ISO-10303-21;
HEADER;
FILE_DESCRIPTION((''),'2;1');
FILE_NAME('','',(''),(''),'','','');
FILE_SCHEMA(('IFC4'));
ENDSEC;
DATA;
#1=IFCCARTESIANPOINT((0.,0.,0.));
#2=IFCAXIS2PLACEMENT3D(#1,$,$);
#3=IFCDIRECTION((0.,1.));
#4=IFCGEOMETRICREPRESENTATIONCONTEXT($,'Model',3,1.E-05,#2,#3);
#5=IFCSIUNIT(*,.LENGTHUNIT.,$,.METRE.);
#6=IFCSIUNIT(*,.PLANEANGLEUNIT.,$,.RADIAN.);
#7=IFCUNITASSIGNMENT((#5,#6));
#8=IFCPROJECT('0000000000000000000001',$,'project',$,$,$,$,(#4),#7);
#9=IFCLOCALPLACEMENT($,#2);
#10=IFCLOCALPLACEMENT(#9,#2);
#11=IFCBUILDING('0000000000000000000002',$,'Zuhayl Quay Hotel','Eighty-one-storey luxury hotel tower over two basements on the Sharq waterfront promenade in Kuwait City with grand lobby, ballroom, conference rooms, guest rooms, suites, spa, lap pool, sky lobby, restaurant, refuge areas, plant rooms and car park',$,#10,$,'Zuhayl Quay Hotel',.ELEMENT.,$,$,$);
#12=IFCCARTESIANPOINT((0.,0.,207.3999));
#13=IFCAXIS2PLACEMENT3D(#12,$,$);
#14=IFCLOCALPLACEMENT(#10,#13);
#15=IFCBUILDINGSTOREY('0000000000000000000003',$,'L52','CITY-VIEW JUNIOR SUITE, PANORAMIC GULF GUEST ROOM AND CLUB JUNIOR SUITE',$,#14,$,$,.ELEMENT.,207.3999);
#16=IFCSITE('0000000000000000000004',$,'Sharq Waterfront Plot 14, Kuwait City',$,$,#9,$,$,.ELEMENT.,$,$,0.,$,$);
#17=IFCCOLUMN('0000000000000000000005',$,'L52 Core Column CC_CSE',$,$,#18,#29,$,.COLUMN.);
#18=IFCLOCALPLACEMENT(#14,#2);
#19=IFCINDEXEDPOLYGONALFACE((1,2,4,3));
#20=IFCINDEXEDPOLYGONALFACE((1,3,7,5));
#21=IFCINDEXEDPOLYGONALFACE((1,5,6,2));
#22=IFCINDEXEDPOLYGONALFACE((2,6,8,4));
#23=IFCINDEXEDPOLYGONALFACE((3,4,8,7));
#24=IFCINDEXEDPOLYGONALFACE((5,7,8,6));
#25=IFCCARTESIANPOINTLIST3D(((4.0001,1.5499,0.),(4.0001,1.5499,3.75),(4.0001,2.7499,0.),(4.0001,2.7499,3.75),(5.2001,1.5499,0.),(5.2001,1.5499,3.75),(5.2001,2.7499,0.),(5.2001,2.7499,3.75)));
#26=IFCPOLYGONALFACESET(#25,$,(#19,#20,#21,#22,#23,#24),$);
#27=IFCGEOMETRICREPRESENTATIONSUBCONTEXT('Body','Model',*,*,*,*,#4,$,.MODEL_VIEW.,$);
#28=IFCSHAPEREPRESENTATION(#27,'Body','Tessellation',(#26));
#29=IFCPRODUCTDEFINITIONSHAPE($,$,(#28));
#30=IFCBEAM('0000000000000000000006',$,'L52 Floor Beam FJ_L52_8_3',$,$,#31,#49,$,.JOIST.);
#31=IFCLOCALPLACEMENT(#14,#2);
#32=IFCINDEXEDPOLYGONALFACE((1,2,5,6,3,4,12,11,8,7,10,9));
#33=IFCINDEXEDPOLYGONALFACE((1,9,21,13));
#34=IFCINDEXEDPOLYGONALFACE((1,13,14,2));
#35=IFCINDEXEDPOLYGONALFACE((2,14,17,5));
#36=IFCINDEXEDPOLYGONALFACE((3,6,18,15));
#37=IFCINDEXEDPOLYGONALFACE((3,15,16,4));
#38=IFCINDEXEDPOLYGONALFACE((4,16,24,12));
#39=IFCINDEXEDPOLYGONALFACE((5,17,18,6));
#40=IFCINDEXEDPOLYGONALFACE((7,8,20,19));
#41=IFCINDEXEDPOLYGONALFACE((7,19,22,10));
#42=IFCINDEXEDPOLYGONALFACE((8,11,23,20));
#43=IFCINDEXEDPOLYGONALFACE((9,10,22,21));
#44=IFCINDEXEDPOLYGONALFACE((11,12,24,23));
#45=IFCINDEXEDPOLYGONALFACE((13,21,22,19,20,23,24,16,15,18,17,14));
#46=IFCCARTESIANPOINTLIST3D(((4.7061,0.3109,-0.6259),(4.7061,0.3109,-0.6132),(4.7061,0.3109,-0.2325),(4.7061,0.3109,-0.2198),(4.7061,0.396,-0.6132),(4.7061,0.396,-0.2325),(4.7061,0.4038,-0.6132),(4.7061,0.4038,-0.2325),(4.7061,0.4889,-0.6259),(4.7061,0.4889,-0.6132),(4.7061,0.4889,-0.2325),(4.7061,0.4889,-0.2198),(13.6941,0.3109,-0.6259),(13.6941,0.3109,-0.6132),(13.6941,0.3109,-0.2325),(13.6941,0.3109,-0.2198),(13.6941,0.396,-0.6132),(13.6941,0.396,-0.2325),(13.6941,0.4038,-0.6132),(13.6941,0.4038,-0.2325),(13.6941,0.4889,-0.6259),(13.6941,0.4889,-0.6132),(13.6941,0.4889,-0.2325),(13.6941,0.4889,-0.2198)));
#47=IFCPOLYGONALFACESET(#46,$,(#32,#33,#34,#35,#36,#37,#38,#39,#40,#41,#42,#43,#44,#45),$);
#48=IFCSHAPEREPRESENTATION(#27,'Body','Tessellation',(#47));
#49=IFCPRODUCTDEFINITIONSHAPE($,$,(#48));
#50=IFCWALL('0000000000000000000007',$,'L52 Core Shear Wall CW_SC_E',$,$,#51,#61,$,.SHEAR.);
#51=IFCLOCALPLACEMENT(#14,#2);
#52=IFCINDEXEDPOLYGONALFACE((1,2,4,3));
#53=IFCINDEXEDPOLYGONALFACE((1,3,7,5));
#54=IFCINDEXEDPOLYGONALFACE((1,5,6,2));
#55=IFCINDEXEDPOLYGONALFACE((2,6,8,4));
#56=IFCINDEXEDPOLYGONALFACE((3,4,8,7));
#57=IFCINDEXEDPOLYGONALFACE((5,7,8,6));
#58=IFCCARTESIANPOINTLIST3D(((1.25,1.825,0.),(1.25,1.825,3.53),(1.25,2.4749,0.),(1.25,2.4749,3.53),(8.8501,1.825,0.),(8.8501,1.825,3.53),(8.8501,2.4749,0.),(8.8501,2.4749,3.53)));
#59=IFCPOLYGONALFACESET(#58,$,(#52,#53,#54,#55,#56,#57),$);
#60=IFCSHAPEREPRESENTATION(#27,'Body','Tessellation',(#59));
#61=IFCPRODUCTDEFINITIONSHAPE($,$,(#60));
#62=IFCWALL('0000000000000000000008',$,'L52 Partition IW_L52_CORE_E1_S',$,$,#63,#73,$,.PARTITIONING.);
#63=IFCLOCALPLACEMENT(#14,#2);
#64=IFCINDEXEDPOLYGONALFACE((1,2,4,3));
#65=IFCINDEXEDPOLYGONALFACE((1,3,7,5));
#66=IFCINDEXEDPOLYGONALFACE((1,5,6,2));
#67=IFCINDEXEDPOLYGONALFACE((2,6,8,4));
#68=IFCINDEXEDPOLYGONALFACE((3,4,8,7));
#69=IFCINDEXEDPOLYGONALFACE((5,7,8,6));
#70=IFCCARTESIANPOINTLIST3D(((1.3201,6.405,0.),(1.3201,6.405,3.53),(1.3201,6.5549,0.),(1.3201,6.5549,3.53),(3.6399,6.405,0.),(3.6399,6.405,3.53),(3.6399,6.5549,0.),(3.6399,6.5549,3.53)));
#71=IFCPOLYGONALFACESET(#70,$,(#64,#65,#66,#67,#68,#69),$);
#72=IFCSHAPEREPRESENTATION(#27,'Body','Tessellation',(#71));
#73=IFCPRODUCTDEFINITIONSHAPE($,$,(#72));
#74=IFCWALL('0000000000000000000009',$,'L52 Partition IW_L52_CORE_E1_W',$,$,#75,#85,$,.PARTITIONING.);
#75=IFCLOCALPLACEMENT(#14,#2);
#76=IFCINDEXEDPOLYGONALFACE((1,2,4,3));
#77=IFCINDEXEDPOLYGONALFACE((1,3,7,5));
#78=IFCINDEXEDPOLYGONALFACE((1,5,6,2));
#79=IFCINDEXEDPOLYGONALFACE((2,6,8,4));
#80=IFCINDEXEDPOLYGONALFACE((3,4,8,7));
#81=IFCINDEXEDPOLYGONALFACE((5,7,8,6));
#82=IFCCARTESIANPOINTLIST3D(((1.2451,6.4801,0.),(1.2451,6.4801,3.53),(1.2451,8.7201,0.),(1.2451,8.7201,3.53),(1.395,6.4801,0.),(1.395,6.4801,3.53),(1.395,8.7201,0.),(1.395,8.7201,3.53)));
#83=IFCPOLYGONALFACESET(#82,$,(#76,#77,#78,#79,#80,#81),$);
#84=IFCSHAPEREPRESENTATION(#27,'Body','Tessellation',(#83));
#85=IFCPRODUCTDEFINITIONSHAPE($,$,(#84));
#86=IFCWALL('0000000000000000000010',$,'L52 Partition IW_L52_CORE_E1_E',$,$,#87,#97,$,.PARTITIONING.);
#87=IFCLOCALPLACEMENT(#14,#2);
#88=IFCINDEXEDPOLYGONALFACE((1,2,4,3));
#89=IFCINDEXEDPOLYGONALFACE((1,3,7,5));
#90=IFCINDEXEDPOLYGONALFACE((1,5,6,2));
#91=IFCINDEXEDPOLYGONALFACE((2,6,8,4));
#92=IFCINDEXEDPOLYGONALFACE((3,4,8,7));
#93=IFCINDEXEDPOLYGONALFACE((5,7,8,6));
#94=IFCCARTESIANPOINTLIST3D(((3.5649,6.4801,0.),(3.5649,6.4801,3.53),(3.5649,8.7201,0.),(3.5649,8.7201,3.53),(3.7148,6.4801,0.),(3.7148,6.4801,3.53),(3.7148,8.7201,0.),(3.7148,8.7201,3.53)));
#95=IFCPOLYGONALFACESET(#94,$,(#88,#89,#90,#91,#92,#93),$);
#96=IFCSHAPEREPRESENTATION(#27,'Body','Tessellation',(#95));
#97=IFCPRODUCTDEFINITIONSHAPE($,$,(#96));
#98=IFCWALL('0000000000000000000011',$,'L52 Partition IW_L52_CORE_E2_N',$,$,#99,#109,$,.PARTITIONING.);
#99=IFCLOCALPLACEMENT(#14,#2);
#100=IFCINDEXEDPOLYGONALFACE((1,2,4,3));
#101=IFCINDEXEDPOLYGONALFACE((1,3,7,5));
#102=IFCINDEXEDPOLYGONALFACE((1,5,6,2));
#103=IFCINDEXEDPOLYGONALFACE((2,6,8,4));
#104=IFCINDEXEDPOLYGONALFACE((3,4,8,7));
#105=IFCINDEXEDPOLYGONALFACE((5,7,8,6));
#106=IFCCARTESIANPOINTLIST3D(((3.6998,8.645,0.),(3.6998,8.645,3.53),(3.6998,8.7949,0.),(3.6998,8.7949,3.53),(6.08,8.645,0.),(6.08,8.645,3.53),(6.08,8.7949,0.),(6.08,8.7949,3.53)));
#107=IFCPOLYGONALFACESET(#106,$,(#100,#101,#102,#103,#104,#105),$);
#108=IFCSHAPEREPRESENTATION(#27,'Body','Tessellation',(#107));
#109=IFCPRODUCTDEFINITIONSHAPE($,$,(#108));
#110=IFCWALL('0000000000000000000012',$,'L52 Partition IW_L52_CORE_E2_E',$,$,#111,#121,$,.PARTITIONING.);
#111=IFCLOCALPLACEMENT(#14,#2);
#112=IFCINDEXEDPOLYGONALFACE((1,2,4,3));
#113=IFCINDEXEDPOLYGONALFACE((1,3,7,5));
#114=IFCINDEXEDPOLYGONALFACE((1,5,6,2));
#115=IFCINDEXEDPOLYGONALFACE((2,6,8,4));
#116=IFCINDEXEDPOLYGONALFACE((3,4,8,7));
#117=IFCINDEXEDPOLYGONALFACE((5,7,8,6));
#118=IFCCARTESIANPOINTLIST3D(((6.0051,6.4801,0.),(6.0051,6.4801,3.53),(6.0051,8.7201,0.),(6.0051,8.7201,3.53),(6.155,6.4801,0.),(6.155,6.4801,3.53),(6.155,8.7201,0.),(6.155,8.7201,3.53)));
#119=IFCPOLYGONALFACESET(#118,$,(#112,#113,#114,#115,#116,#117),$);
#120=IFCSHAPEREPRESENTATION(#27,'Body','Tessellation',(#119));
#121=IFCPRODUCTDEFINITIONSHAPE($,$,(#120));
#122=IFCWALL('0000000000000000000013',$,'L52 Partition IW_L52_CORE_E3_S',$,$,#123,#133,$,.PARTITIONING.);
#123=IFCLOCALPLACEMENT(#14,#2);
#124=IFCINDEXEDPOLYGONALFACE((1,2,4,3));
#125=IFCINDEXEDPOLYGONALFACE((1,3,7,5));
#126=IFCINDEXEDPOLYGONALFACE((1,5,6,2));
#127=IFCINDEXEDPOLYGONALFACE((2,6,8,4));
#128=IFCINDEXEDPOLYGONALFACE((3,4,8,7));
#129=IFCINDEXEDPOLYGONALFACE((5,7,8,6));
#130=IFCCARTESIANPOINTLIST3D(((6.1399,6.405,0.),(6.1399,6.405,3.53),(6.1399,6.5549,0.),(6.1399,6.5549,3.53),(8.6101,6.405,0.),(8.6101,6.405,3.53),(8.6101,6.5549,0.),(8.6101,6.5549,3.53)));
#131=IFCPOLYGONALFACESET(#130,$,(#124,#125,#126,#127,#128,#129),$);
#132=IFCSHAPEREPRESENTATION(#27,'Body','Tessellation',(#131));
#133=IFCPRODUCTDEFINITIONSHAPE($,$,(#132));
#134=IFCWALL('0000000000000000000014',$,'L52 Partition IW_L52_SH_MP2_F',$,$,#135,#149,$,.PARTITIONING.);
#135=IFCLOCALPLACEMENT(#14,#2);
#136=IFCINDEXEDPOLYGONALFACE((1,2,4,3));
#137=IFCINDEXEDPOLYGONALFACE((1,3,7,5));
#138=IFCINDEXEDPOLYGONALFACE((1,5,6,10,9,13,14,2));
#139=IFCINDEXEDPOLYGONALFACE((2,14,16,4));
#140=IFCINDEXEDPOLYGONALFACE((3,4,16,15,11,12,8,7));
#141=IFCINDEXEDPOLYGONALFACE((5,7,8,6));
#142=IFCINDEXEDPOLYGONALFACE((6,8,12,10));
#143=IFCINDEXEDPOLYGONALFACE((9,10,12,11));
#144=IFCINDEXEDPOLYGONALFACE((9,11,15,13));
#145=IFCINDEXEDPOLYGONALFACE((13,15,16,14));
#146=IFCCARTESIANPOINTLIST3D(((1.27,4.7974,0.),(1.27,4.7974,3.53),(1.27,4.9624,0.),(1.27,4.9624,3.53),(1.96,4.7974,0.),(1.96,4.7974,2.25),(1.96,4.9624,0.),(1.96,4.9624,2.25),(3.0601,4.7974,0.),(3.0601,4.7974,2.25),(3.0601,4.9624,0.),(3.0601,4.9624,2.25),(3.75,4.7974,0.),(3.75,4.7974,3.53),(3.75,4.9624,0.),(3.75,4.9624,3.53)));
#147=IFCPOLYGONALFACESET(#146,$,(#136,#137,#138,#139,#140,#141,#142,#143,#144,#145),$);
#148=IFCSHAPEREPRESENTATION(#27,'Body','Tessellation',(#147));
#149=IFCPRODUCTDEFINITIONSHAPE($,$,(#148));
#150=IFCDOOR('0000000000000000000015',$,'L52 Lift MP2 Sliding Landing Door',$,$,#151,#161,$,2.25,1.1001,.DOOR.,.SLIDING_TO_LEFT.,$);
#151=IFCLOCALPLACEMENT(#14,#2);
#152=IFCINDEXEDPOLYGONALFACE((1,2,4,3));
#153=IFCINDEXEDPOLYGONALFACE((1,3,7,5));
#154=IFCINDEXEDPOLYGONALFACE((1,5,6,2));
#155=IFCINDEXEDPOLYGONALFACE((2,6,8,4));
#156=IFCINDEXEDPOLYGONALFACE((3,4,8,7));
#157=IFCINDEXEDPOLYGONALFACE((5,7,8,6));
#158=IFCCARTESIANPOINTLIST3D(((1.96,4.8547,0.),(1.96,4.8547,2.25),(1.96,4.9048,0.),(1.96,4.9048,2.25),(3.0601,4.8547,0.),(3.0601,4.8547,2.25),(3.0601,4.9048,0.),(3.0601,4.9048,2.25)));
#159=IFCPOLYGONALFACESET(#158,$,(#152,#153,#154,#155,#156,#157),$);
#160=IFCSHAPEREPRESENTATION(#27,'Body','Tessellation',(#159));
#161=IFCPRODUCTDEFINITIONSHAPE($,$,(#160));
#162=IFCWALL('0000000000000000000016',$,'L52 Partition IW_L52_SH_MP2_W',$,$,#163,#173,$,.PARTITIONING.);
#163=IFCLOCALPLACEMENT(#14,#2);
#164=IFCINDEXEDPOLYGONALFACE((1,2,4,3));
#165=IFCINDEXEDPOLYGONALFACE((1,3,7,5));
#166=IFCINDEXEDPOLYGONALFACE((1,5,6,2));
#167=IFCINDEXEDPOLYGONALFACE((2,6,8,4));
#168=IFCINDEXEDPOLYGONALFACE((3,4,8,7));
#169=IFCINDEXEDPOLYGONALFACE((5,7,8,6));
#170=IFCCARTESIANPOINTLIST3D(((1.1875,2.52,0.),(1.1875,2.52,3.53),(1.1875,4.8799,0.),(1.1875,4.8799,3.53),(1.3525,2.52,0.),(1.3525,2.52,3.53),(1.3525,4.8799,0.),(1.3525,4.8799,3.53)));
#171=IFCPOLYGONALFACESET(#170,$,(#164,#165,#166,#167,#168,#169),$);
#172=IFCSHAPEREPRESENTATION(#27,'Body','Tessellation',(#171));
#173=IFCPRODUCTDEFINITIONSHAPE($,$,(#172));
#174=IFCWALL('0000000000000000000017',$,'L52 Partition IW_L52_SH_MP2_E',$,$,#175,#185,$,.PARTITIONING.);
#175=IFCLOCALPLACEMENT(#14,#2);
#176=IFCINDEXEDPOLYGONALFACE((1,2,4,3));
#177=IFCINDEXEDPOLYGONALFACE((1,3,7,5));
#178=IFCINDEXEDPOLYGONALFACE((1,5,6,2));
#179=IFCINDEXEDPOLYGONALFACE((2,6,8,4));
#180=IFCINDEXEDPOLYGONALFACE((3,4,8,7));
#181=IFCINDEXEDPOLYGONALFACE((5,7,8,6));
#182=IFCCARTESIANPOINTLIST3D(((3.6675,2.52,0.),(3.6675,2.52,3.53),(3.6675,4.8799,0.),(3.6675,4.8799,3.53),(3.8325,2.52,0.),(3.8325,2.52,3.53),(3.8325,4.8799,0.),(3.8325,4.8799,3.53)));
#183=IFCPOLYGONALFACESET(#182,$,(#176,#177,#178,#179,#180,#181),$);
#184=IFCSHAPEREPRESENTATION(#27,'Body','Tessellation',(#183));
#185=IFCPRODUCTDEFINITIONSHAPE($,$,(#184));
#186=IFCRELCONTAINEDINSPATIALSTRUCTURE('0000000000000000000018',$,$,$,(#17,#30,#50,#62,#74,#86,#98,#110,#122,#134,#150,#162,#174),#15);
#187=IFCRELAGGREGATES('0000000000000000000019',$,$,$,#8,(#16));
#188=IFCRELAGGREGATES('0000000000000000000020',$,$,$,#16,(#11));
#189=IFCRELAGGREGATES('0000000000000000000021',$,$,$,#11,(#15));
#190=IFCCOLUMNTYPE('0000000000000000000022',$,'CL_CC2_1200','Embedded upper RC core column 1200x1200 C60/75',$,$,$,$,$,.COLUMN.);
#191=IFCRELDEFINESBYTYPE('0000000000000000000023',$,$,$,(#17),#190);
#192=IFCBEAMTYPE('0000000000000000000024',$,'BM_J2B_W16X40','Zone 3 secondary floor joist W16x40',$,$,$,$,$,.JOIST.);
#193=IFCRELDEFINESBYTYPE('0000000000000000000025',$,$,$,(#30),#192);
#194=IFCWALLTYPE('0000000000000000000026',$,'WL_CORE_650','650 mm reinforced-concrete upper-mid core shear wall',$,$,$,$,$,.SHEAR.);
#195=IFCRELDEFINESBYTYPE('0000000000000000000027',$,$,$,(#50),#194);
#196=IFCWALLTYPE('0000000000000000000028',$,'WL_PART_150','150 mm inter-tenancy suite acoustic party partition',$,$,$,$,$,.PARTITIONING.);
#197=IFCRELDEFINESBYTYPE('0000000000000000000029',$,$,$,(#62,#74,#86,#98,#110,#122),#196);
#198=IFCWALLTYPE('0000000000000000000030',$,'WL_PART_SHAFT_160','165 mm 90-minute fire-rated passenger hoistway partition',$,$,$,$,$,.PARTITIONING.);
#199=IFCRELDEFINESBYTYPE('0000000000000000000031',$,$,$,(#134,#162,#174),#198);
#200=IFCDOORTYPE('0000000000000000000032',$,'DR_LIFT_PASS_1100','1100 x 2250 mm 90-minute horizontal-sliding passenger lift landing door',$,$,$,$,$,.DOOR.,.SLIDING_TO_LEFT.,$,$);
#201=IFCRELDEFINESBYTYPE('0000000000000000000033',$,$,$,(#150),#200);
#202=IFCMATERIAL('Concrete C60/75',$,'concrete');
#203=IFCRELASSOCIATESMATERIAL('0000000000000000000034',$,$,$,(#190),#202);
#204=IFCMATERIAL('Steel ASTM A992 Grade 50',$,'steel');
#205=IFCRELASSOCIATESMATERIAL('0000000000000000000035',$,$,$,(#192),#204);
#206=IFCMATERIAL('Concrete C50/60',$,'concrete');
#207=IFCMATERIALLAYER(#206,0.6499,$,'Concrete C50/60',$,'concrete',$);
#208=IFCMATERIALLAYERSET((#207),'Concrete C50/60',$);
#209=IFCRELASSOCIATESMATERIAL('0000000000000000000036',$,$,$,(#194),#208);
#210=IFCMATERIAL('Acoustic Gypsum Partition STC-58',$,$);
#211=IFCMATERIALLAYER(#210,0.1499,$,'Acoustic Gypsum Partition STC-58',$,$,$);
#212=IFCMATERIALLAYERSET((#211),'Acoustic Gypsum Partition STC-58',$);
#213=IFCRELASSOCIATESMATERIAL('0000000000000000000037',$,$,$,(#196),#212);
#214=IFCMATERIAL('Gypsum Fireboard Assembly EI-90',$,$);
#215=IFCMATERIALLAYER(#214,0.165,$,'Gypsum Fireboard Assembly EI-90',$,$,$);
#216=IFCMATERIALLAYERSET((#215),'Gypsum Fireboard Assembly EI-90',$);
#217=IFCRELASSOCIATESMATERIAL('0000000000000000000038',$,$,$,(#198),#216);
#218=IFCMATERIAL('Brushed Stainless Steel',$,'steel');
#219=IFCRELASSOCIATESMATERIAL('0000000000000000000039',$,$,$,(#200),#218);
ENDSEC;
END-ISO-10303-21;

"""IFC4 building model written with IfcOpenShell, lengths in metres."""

from ifc_helpers import new_model, si_unit, direction, frame, frame_2d, origin, origin_2d, place, context, subcontext, project, spatial, rectangle, i_section, extrude, material, layer, layer_set, material_profile, profile_set, type_object, element, fill, save


model = new_model("IFC4")

# Units and contexts
model_context = context("Model", 3, precision=1e-05, world=origin(), true_north=direction((0.0, 1.0)))
body_context = subcontext(model_context, "Body", "Model", "MODEL_VIEW")
ifc_project = project(units=[si_unit("LENGTHUNIT", "METRE"), si_unit("PLANEANGLEUNIT", "RADIAN")], contexts=[model_context])

# Site, building, storey
site_placement = place(None, origin())
site = spatial("IfcSite", under=ifc_project, at=site_placement, Name="Sharq Waterfront Plot 14, Kuwait City", CompositionType="ELEMENT", RefElevation=0.0)
building_placement = place(site_placement, origin())
building = spatial("IfcBuilding", under=site, at=building_placement, Name="Zuhayl Quay Hotel", Description="Eighty-one-storey luxury hotel tower over two basements on the Sharq waterfront promenade in Kuwait City with grand lobby, ballroom, conference rooms, guest rooms, suites, spa, lap pool, sky lobby, restaurant, refuge areas, plant rooms and car park", LongName="Zuhayl Quay Hotel", CompositionType="ELEMENT")
storey_placement = place(building_placement, frame((0.0, 0.0, 207.3999)))
storey = spatial("IfcBuildingStorey", under=building, at=storey_placement, Name="L52", Description="CITY-VIEW JUNIOR SUITE, PANORAMIC GULF GUEST ROOM AND CLUB JUNIOR SUITE", CompositionType="ELEMENT", Elevation=207.3999)

# Column
ifc_material_1 = material(Name="Concrete C60/75", Category="concrete")
ifc_material_profile_1 = material_profile(ifc_material_1, rectangle(XDim=1.2, YDim=1.2, at=origin_2d()), Name="RC1200X1200")
ifc_profile_set_1 = profile_set([ifc_material_profile_1], Name="Concrete C60/75")
column_type = type_object("IfcColumnType", Name="CL_CC2_1200", Description="Embedded upper RC core column 1200x1200 C60/75", PredefinedType="COLUMN", material=ifc_profile_set_1)
column_placement = place(storey_placement, frame((4.6001, 2.1499, 0.0), z_axis=(0.0, 0.0, 1.0), x_axis=(1.0, 0.0, 0.0)))
element("IfcColumn", 1, at=column_placement, inside=storey, type_object=column_type, Name="L52 Core Column CC_CSE", PredefinedType="COLUMN", context=body_context, shape_type="SweptSolid", body=[
    extrude(rectangle(XDim=1.2, YDim=1.2, at=origin_2d()), origin(), (0.0, 0.0, 1.0), 3.75),
])

# Beam
ifc_material_2 = material(Name="Steel ASTM A992 Grade 50", Category="steel")
ifc_material_profile_2 = material_profile(ifc_material_2, i_section(OverallWidth=0.178, OverallDepth=0.406, WebThickness=0.0078, FlangeThickness=0.0127, at=origin_2d()), Name="W16X40")
ifc_profile_set_2 = profile_set([ifc_material_profile_2], Name="Steel ASTM A992 Grade 50")
beam_type = type_object("IfcBeamType", Name="BM_J2B_W16X40", Description="Zone 3 secondary floor joist W16x40", PredefinedType="JOIST", material=ifc_profile_set_2)
beam_placement = place(storey_placement, frame((4.7061, 0.3999, -0.4229), z_axis=(1.0, 0.0, 0.0), x_axis=(0.0, 1.0, 0.0)))
element("IfcBeam", 2, at=beam_placement, inside=storey, type_object=beam_type, Name="L52 Floor Beam FJ_L52_8_3", PredefinedType="JOIST", context=body_context, shape_type="SweptSolid", body=[
    extrude(i_section(OverallWidth=0.178, OverallDepth=0.406, WebThickness=0.0078, FlangeThickness=0.0127, at=origin_2d()), origin(), (0.0, 0.0, 1.0), 8.988),
])

# Wall
ifc_material_3 = material(Name="Concrete C50/60", Category="concrete")
ifc_layer_1 = layer(ifc_material_3, 0.6499, Name="Concrete C50/60", Category="concrete")
ifc_layer_set_1 = layer_set([ifc_layer_1], Name="Concrete C50/60")
wall_type_1 = type_object("IfcWallType", Name="WL_CORE_650", Description="650 mm reinforced-concrete upper-mid core shear wall", PredefinedType="SHEAR", material=ifc_layer_set_1)
wall_1_placement = place(storey_placement, frame((1.25, 2.1499, 0.0), z_axis=(0.0, 0.0, 1.0), x_axis=(1.0, 0.0, 0.0)))
element("IfcWall", 3, at=wall_1_placement, inside=storey, type_object=wall_type_1, Name="L52 Core Shear Wall CW_SC_E", PredefinedType="SHEAR", context=body_context, shape_type="SweptSolid", body=[
    extrude(rectangle(XDim=7.6001, YDim=0.6499, at=frame_2d((3.8, 0.0))), origin(), (0.0, 0.0, 1.0), 3.53),
])

# Shared definitions
ifc_material_4 = material(Name="Acoustic Gypsum Partition STC-58")
ifc_layer_2 = layer(ifc_material_4, 0.1499, Name="Acoustic Gypsum Partition STC-58")
ifc_layer_set_2 = layer_set([ifc_layer_2], Name="Acoustic Gypsum Partition STC-58")
wall_type_2 = type_object("IfcWallType", Name="WL_PART_150", Description="150 mm inter-tenancy suite acoustic party partition", PredefinedType="PARTITIONING", material=ifc_layer_set_2)

# Walls
wall_2_placement = place(storey_placement, frame((1.3201, 6.48, 0.0), z_axis=(0.0, 0.0, 1.0), x_axis=(1.0, 0.0, 0.0)))
element("IfcWall", 4, at=wall_2_placement, inside=storey, type_object=wall_type_2, Name="L52 Partition IW_L52_CORE_E1_S", PredefinedType="PARTITIONING", context=body_context, shape_type="SweptSolid", body=[
    extrude(rectangle(XDim=2.3198, YDim=0.1499, at=frame_2d((1.1599, 0.0))), origin(), (0.0, 0.0, 1.0), 3.53),
])
for number, where, z_axis, x_axis, name in (
    (5, (1.3201, 6.48, 0.0), (0.0, 0.0, 1.0), (0.0, 1.0, 0.0), "L52 Partition IW_L52_CORE_E1_W"),
    (6, (3.6399, 6.48, 0.0), (0.0, 0.0, 1.0), (0.0, 1.0, 0.0), "L52 Partition IW_L52_CORE_E1_E"),
):
    element("IfcWall", number, at=place(storey_placement, frame(where, z_axis=z_axis, x_axis=x_axis)), inside=storey, type_object=wall_type_2, Name=name, PredefinedType="PARTITIONING", context=body_context, shape_type="SweptSolid", body=[
        extrude(rectangle(XDim=2.24, YDim=0.1499, at=frame_2d((1.1201, 0.0))), origin(), (0.0, 0.0, 1.0), 3.53),
    ])
wall_3_placement = place(storey_placement, frame((3.7, 8.72, 0.0), z_axis=(0.0, 0.0, 1.0), x_axis=(1.0, 0.0, 0.0)))
element("IfcWall", 7, at=wall_3_placement, inside=storey, type_object=wall_type_2, Name="L52 Partition IW_L52_CORE_E2_N", PredefinedType="PARTITIONING", context=body_context, shape_type="SweptSolid", body=[
    extrude(rectangle(XDim=2.3801, YDim=0.1499, at=frame_2d((1.1899, 0.0))), origin(), (0.0, 0.0, 1.0), 3.53),
])
wall_4_placement = place(storey_placement, frame((6.0801, 6.48, 0.0), z_axis=(0.0, 0.0, 1.0), x_axis=(0.0, 1.0, 0.0)))
element("IfcWall", 8, at=wall_4_placement, inside=storey, type_object=wall_type_2, Name="L52 Partition IW_L52_CORE_E2_E", PredefinedType="PARTITIONING", context=body_context, shape_type="SweptSolid", body=[
    extrude(rectangle(XDim=2.24, YDim=0.1499, at=frame_2d((1.1201, 0.0))), origin(), (0.0, 0.0, 1.0), 3.53),
])
wall_5_placement = place(storey_placement, frame((6.1399, 6.48, 0.0), z_axis=(0.0, 0.0, 1.0), x_axis=(1.0, 0.0, 0.0)))
element("IfcWall", 9, at=wall_5_placement, inside=storey, type_object=wall_type_2, Name="L52 Partition IW_L52_CORE_E3_S", PredefinedType="PARTITIONING", context=body_context, shape_type="SweptSolid", body=[
    extrude(rectangle(XDim=2.4702, YDim=0.1499, at=frame_2d((1.2351, 0.0))), origin(), (0.0, 0.0, 1.0), 3.53),
])

# Wall, opening, door
ifc_material_5 = material(Name="Gypsum Fireboard Assembly EI-90")
ifc_layer_3 = layer(ifc_material_5, 0.165, Name="Gypsum Fireboard Assembly EI-90")
ifc_layer_set_3 = layer_set([ifc_layer_3], Name="Gypsum Fireboard Assembly EI-90")
wall_type_3 = type_object("IfcWallType", Name="WL_PART_SHAFT_160", Description="165 mm 90-minute fire-rated passenger hoistway partition", PredefinedType="PARTITIONING", material=ifc_layer_set_3)
wall_6_placement = place(storey_placement, frame((1.27, 4.8799, 0.0), z_axis=(0.0, 0.0, 1.0), x_axis=(1.0, 0.0, 0.0)))
wall_6 = element("IfcWall", 10, at=wall_6_placement, inside=storey, type_object=wall_type_3, Name="L52 Partition IW_L52_SH_MP2_F", PredefinedType="PARTITIONING", context=body_context, shape_type="SweptSolid", body=[
    extrude(rectangle(XDim=2.48, YDim=0.165, at=frame_2d((1.24, 0.0))), origin(), (0.0, 0.0, 1.0), 3.53),
])
opening_1_placement = place(wall_6_placement, frame((0.6899, 0.0, 0.0)))
opening_1 = element("IfcOpeningElement", 11, at=opening_1_placement, cuts=wall_6, PredefinedType="OPENING", context=body_context, shape_type="SweptSolid", body=[
    extrude(rectangle(XDim=1.1001, YDim=2.25, at=frame_2d((0.55, 1.125))), frame((0.0, 0.0925, 0.0), z_axis=(0.0, -1.0, 0.0), x_axis=(1.0, 0.0, 0.0)), (0.0, 0.0, 1.0), 0.1851),
])
ifc_material_6 = material(Name="Brushed Stainless Steel", Category="steel")
door_type_1 = type_object("IfcDoorType", Name="DR_LIFT_PASS_1100", Description="1100 x 2250 mm 90-minute horizontal-sliding passenger lift landing door", OperationType="SLIDING_TO_LEFT", PredefinedType="DOOR", material=ifc_material_6)
door_1_placement = place(opening_1_placement, origin())
door_1 = element("IfcDoor", 12, at=door_1_placement, inside=storey, type_object=door_type_1, Name="L52 Lift MP2 Sliding Landing Door", OperationType="SLIDING_TO_LEFT", OverallHeight=2.25, OverallWidth=1.1001, PredefinedType="DOOR", context=body_context, shape_type="SweptSolid", body=[
    extrude(rectangle(XDim=1.1001, YDim=2.25, at=frame_2d((0.55, 1.125))), frame((0.0, 0.0249, 0.0), z_axis=(0.0, -1.0, 0.0), x_axis=(1.0, 0.0, 0.0)), (0.0, 0.0, 1.0), 0.05),
])
fill(opening_1, door_1)

# Walls
for number, where, z_axis, x_axis, name in (
    (13, (1.27, 2.52, 0.0), (0.0, 0.0, 1.0), (0.0, 1.0, 0.0), "L52 Partition IW_L52_SH_MP2_W"),
    (14, (3.75, 2.52, 0.0), (0.0, 0.0, 1.0), (0.0, 1.0, 0.0), "L52 Partition IW_L52_SH_MP2_E"),
):
    element("IfcWall", number, at=place(storey_placement, frame(where, z_axis=z_axis, x_axis=x_axis)), inside=storey, type_object=wall_type_3, Name=name, PredefinedType="PARTITIONING", context=body_context, shape_type="SweptSolid", body=[
        extrude(rectangle(XDim=2.3599, YDim=0.165, at=frame_2d((1.1799, 0.0))), origin(), (0.0, 0.0, 1.0), 3.53),
    ])

save(model, "model.ifc")
